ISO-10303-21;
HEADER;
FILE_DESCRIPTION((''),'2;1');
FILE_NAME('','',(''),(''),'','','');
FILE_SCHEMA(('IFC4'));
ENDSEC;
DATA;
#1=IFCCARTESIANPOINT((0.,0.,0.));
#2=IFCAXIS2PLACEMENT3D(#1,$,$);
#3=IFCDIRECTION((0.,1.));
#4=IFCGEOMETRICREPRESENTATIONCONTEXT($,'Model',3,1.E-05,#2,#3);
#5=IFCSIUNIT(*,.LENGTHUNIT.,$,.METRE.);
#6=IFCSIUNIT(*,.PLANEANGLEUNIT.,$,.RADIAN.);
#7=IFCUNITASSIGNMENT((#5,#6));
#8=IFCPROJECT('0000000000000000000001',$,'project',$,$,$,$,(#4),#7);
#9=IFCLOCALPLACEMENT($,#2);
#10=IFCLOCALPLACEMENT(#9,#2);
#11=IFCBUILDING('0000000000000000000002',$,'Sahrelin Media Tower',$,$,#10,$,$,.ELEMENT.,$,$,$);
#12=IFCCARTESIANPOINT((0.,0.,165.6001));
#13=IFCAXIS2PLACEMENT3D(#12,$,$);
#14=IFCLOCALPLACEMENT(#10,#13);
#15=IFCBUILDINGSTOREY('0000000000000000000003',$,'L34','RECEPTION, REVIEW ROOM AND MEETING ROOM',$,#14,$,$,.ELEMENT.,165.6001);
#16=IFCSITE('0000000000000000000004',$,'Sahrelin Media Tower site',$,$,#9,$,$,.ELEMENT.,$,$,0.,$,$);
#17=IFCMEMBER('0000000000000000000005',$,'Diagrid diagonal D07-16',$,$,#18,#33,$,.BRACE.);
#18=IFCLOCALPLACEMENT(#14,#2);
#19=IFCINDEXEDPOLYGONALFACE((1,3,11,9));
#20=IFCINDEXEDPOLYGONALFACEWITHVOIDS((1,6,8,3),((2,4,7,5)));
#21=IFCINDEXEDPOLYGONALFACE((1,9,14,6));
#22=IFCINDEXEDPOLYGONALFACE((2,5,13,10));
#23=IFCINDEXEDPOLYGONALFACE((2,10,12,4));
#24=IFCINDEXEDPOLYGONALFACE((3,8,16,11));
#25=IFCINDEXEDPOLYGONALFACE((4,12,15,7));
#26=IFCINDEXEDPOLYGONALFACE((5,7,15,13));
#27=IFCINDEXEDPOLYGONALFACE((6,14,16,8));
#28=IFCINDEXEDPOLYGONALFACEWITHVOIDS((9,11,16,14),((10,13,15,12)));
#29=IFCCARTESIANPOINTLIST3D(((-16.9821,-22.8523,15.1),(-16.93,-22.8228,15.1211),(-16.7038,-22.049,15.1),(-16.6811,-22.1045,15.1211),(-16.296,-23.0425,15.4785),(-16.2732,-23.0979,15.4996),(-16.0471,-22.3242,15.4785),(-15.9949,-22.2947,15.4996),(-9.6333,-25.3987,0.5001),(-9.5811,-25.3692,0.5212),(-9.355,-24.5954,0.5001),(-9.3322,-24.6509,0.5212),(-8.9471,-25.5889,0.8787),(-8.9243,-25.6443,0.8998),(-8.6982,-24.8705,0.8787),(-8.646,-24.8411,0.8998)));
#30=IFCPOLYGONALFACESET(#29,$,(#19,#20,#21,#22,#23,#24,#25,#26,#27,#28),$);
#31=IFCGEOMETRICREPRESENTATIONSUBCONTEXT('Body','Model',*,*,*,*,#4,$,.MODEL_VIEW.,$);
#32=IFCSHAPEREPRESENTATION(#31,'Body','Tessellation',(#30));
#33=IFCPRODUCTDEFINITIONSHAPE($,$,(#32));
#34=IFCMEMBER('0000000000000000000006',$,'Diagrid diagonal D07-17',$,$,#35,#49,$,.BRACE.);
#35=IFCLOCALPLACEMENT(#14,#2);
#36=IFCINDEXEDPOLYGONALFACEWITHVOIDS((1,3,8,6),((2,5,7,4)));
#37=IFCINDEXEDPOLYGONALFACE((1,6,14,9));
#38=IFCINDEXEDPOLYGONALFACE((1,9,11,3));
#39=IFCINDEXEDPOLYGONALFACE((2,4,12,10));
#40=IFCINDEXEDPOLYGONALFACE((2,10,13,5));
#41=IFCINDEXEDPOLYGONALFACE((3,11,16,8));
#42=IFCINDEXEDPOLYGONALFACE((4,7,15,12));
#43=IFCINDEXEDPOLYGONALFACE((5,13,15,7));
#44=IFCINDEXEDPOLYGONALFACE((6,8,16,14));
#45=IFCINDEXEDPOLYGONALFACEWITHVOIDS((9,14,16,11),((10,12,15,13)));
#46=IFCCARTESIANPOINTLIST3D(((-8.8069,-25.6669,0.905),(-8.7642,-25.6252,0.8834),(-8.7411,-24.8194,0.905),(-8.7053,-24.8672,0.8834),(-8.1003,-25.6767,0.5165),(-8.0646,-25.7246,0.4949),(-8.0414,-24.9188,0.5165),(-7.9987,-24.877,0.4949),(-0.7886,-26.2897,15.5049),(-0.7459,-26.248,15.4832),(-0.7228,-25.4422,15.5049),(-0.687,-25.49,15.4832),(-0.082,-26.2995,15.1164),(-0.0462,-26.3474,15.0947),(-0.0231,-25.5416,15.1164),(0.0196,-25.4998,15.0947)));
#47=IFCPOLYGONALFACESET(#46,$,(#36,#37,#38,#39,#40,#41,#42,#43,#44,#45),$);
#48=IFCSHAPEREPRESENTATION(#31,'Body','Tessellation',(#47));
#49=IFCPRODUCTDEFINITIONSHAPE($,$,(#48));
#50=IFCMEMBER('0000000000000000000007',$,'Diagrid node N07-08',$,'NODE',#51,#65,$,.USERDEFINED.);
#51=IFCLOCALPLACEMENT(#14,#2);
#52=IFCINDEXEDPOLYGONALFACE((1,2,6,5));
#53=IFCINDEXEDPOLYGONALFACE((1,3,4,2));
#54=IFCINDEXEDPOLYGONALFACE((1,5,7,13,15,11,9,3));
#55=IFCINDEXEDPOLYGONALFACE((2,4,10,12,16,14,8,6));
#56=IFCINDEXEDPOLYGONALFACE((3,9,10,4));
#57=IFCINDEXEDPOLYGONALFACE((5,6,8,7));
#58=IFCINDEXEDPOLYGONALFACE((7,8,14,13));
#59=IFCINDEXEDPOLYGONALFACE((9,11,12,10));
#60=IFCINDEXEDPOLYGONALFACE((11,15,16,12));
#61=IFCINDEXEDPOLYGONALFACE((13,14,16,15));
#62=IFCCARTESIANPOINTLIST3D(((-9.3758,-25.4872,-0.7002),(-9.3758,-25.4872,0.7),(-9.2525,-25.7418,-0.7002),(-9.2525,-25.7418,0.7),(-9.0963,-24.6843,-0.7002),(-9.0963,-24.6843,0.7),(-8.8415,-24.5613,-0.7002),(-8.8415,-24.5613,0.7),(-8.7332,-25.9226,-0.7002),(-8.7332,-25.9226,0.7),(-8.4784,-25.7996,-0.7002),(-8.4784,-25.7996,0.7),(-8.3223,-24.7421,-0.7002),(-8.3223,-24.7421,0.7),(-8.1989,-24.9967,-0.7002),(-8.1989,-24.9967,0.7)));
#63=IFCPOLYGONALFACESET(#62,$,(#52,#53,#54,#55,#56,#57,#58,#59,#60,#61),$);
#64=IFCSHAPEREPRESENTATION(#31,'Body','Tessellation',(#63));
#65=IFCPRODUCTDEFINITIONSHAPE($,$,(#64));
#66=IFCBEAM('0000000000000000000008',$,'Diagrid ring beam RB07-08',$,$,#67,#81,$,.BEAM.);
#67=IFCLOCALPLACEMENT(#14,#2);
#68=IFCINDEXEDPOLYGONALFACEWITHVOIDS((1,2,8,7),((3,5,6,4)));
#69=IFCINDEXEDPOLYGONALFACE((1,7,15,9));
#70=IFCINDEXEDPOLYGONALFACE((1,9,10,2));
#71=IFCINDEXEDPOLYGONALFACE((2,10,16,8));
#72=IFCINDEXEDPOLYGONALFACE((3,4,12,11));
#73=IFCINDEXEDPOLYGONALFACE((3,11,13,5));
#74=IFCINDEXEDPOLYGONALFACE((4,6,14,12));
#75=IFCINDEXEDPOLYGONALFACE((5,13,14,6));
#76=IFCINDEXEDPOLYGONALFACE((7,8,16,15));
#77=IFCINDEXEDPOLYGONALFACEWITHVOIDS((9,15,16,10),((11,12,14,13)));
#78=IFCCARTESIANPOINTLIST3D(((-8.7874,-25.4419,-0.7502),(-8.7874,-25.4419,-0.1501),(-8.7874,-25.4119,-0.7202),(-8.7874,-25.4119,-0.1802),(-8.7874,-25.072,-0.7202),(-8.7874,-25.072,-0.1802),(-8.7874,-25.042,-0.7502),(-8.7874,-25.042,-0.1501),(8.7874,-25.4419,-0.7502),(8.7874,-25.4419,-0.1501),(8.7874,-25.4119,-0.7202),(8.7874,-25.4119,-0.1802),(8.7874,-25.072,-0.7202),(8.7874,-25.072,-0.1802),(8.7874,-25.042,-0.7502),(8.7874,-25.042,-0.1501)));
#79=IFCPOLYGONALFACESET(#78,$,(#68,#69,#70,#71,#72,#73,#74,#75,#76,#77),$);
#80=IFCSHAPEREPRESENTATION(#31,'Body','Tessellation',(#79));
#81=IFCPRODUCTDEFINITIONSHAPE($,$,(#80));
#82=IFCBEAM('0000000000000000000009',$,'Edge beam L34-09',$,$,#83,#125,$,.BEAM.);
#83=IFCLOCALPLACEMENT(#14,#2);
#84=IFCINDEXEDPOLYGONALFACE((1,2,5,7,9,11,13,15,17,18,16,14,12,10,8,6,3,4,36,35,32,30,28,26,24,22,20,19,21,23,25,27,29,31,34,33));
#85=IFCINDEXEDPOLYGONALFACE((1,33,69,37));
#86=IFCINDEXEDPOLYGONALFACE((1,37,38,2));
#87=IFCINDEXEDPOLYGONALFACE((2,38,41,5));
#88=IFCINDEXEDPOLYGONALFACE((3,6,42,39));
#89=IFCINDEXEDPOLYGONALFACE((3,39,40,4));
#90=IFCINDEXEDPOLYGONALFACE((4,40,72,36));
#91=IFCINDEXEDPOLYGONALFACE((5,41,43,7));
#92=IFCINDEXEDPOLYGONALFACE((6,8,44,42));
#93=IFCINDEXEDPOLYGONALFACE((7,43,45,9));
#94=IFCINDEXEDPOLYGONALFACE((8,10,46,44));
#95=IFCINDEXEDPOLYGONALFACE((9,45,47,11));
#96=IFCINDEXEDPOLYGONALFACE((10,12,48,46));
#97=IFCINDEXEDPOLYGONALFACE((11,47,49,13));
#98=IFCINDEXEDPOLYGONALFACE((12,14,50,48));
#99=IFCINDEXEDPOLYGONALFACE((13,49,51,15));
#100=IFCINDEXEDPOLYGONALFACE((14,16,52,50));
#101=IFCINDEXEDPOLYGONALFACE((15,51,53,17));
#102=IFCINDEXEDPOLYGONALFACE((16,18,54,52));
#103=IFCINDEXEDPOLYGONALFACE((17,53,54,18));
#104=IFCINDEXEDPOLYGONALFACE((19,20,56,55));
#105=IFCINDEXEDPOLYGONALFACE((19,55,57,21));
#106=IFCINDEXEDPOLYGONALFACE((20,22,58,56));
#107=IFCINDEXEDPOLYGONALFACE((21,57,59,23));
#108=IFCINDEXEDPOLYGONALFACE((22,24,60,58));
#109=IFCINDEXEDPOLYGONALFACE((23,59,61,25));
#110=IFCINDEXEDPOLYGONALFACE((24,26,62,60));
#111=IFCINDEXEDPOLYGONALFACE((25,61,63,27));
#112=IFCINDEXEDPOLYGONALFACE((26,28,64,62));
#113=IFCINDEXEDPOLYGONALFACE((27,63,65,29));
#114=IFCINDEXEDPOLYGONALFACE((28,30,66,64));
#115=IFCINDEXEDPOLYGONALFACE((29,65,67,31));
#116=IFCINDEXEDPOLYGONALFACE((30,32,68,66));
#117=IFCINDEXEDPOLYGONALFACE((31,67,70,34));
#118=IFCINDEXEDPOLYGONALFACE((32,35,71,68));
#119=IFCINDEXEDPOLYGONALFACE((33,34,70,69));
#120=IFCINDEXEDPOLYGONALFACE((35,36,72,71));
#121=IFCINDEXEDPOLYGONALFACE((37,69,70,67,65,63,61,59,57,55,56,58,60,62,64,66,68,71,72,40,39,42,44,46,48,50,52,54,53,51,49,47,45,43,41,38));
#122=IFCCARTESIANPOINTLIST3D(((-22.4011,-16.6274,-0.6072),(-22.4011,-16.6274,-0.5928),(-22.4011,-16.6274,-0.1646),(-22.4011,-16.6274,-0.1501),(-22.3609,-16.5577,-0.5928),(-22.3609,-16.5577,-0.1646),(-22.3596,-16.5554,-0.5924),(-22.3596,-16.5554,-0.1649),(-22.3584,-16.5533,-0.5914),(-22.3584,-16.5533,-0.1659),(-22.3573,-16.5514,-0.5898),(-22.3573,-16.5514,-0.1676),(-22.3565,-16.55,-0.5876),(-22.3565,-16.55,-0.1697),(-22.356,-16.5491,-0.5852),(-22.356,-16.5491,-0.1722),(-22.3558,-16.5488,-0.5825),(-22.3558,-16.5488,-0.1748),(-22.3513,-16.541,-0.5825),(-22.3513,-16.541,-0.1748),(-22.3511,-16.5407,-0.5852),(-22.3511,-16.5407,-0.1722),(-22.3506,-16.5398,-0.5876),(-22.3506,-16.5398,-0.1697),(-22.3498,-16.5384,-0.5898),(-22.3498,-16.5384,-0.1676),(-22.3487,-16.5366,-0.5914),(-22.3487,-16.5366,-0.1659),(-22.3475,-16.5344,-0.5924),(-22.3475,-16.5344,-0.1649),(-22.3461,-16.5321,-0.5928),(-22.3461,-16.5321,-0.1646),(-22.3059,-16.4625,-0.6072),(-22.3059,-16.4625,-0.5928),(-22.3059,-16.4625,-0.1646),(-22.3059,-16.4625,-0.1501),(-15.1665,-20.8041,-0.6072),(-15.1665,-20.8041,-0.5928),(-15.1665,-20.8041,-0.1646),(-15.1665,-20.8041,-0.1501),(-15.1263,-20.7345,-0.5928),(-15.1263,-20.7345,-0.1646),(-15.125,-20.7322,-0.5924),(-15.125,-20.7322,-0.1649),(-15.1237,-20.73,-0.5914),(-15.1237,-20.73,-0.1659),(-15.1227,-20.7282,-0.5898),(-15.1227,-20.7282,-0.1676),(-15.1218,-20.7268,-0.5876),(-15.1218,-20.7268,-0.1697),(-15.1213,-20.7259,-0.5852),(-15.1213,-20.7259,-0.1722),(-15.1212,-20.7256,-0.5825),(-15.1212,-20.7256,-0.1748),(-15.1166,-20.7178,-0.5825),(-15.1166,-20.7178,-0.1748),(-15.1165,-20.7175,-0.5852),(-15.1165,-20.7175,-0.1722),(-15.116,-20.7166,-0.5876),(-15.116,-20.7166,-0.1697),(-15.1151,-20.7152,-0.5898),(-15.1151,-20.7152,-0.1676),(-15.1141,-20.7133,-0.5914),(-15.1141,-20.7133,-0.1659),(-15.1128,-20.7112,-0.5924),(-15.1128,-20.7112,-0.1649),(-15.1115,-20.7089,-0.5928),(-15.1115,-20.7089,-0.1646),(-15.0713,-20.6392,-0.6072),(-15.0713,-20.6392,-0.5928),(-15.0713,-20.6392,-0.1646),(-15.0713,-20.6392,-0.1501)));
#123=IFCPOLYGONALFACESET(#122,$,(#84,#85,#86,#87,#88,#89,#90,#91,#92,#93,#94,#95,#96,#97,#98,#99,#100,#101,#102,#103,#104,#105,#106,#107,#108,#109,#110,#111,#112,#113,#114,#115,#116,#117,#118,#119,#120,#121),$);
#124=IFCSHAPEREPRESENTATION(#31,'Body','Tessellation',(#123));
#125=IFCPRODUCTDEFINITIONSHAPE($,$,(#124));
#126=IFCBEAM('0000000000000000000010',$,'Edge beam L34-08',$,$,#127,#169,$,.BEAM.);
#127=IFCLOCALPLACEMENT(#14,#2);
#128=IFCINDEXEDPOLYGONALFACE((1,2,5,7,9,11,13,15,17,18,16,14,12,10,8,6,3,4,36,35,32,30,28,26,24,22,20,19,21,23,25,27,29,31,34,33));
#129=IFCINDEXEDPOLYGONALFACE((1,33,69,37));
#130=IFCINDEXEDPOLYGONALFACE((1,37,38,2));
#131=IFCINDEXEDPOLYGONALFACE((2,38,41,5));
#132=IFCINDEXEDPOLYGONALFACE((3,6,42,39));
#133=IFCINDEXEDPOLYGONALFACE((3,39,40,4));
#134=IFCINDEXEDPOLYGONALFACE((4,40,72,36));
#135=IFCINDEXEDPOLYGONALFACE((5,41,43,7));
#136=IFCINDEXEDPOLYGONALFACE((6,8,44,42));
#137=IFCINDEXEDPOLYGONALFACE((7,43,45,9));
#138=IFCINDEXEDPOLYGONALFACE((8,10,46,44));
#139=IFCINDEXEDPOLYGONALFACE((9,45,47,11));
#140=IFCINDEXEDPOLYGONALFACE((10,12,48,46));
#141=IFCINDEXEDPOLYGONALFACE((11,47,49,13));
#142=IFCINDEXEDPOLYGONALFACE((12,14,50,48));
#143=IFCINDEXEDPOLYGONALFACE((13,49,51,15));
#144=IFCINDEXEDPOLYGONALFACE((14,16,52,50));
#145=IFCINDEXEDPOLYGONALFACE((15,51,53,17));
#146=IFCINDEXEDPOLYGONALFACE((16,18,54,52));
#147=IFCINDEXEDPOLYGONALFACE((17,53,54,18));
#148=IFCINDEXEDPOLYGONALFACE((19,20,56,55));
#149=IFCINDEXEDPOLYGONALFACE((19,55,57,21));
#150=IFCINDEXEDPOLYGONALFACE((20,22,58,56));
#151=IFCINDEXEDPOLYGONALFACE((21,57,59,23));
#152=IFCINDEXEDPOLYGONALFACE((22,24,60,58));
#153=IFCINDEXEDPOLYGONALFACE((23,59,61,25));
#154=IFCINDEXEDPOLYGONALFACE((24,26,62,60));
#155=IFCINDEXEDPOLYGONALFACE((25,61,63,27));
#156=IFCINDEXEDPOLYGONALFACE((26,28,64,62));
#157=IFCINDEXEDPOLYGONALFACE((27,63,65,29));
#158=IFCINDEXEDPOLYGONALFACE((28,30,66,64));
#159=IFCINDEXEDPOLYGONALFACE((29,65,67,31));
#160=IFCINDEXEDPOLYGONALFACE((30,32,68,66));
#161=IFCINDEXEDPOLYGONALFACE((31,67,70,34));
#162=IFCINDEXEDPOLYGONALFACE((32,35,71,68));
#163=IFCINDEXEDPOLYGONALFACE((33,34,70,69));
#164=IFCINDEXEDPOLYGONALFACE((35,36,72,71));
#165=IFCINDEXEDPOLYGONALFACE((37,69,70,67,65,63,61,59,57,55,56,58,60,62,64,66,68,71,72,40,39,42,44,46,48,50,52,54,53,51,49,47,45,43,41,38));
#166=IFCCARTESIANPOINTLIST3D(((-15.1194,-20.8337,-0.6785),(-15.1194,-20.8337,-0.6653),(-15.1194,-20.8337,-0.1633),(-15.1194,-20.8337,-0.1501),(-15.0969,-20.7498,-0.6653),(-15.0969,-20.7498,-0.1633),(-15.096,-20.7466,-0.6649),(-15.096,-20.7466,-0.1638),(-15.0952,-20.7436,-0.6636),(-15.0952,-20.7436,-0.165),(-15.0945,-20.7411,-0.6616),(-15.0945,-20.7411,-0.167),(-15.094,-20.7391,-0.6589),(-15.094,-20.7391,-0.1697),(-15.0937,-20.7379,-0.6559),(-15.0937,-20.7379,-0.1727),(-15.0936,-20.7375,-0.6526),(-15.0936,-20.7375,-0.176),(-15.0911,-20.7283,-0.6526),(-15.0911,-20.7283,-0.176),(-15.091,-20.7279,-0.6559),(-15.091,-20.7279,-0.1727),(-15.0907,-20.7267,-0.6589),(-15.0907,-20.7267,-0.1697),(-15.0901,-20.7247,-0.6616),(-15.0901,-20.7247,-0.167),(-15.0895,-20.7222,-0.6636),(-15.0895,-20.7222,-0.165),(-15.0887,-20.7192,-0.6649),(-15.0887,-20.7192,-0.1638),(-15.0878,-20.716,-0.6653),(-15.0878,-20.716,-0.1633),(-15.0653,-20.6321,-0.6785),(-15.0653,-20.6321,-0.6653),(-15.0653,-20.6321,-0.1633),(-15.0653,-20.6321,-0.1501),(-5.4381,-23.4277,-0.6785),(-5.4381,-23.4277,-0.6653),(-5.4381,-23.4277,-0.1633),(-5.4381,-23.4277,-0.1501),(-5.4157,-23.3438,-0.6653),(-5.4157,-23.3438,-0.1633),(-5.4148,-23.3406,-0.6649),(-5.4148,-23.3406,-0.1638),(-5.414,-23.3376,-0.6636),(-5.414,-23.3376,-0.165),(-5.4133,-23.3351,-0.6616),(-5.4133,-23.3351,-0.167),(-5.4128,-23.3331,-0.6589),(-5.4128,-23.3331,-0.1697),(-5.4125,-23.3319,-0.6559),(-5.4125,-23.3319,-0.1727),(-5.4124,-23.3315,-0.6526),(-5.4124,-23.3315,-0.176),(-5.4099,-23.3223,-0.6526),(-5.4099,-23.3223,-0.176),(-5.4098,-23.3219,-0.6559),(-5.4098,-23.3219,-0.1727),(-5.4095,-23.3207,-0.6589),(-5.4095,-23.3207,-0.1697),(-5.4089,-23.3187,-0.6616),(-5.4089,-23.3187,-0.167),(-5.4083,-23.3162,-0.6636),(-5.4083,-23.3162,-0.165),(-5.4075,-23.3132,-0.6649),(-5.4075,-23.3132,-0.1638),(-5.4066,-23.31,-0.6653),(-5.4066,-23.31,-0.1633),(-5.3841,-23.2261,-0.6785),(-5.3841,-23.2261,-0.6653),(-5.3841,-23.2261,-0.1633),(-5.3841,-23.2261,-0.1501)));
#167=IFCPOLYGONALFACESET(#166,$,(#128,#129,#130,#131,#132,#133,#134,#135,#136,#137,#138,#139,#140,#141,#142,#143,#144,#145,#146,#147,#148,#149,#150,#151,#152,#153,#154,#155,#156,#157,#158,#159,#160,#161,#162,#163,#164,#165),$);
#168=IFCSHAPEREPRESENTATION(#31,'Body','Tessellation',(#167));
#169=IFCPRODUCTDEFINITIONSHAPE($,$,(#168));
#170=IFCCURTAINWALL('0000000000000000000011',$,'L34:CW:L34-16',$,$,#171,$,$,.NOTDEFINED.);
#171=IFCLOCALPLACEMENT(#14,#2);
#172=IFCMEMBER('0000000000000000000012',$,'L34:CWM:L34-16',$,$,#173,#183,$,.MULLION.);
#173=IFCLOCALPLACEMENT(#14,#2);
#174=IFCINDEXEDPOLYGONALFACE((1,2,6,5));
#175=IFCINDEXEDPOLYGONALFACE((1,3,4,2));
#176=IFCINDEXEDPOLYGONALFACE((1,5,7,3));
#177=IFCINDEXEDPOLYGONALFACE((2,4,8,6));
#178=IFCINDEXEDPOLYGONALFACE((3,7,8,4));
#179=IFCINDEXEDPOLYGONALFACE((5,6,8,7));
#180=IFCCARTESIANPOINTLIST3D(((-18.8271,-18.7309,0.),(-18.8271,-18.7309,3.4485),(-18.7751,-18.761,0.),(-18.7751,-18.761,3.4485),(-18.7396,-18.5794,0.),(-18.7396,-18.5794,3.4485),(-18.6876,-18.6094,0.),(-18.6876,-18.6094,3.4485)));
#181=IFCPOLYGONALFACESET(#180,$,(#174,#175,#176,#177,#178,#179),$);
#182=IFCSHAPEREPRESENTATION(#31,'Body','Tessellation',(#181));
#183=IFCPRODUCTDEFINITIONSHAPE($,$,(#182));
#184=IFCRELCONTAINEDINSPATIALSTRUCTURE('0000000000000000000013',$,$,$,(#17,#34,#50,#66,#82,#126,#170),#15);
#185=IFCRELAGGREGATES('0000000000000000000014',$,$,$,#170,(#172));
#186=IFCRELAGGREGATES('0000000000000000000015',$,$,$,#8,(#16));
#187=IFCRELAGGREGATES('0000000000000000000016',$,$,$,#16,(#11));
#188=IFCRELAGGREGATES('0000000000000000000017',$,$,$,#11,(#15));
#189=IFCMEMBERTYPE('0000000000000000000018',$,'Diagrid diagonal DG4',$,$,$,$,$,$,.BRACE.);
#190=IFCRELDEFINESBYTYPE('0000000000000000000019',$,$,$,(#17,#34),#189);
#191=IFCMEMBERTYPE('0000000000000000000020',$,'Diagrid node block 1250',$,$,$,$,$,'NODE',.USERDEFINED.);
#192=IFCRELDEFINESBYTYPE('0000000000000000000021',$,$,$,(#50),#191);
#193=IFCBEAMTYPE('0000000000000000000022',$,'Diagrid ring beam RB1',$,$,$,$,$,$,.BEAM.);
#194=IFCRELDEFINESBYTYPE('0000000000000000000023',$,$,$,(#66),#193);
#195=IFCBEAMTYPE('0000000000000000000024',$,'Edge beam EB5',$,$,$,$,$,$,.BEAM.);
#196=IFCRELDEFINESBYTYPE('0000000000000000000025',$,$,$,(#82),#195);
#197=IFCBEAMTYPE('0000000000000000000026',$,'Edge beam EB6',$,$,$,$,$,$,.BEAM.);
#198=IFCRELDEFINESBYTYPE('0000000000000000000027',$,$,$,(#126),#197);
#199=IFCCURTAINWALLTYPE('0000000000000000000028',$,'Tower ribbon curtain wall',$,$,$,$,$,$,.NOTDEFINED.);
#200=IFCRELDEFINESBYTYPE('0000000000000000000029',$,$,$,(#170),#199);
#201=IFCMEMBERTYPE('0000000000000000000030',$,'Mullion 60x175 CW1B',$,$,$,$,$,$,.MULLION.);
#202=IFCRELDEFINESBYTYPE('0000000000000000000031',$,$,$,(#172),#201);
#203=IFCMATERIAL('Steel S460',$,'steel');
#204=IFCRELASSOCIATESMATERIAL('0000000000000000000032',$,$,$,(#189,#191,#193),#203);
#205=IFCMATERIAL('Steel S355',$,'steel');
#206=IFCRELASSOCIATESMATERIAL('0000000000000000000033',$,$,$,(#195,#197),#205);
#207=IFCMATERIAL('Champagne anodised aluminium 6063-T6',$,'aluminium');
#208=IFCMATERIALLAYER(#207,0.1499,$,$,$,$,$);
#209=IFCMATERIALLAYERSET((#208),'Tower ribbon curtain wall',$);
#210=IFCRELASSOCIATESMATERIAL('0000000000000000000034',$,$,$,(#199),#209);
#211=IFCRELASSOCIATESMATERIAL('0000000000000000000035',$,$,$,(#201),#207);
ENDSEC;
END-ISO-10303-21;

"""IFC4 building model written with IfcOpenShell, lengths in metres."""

from ifc_helpers import new_model, si_unit, direction, frame, origin, origin_2d, place, context, subcontext, project, spatial, polyline, rectangle, hollow_rectangle, i_section, outline, extrude, material, layer, layer_set, material_profile, profile_set, type_object, element, aggregate, save


model = new_model("IFC4")

# Units and contexts
model_context = context("Model", 3, precision=1e-05, world=origin(), true_north=direction((0.0, 1.0)))
body_context = subcontext(model_context, "Body", "Model", "MODEL_VIEW")
ifc_project = project(units=[si_unit("LENGTHUNIT", "METRE"), si_unit("PLANEANGLEUNIT", "RADIAN")], contexts=[model_context])

# Site, building, storey
site_placement = place(None, origin())
site = spatial("IfcSite", under=ifc_project, at=site_placement, Name="Sahrelin Media Tower site", CompositionType="ELEMENT", RefElevation=0.0)
building_placement = place(site_placement, origin())
building = spatial("IfcBuilding", under=site, at=building_placement, Name="Sahrelin Media Tower", CompositionType="ELEMENT")
storey_placement = place(building_placement, frame((0.0, 0.0, 165.6001)))
storey = spatial("IfcBuildingStorey", under=building, at=storey_placement, Name="L34", Description="RECEPTION, REVIEW ROOM AND MEETING ROOM", CompositionType="ELEMENT", Elevation=165.6001)

# Members
ifc_material_1 = material(Name="Steel S460", Category="steel")
ifc_material_profile_1 = material_profile(ifc_material_1, hollow_rectangle(XDim=0.8501, YDim=0.8501, WallThickness=0.0449, at=origin_2d()), Name="Diagrid diagonal DG4")
ifc_profile_set_1 = profile_set([ifc_material_profile_1], Name="Steel S460")
member_type_1 = type_object("IfcMemberType", Name="Diagrid diagonal DG4", PredefinedType="BRACE", material=ifc_profile_set_1)
member_1_placement = place(storey_placement, frame((-9.1396, -25.1199, 0.7), z_axis=(-0.444249, 0.153932, 0.88258), x_axis=(-0.327403, -0.944885, 0.0)))
element("IfcMember", 1, at=member_1_placement, inside=storey, type_object=member_type_1, Name="Diagrid diagonal D07-16", PredefinedType="BRACE", context=body_context, shape_type="SweptSolid", body=[
    extrude(hollow_rectangle(XDim=0.8501, YDim=0.8501, WallThickness=0.0449, at=origin_2d()), origin(), (0.0, 0.0, 1.0), 16.5422),
])
member_2_placement = place(storey_placement, frame((-8.4028, -25.272, 0.7), z_axis=(0.481047, -0.037364, 0.875898), x_axis=(0.077439, 0.996997, 0.0)))
element("IfcMember", 2, at=member_2_placement, inside=storey, type_object=member_type_1, Name="Diagrid diagonal D07-17", PredefinedType="BRACE", context=body_context, shape_type="SweptSolid", body=[
    extrude(hollow_rectangle(XDim=0.8501, YDim=0.8501, WallThickness=0.0449, at=origin_2d()), origin(), (0.0, 0.0, 1.0), 16.6685),
])
ifc_material_profile_2 = material_profile(ifc_material_1, outline(polyline([(0.425, -0.4751), (0.625, -0.2749), (0.625, 0.2749), (0.425, 0.4751), (-0.425, 0.4751), (-0.625, 0.2749), (-0.625, -0.2749), (-0.425, -0.4751), (0.425, -0.4751)])), Name="Diagrid node block 1250")
ifc_profile_set_2 = profile_set([ifc_material_profile_2], Name="Steel S460")
member_type_2 = type_object("IfcMemberType", Name="Diagrid node block 1250", ElementType="NODE", PredefinedType="USERDEFINED", material=ifc_profile_set_2)
member_3_placement = place(storey_placement, frame((-8.7874, -25.2419, -0.7002), z_axis=(0.0, 0.0, 1.0), x_axis=(-0.328769, -0.94441, 0.0)))
element("IfcMember", 3, at=member_3_placement, inside=storey, type_object=member_type_2, Name="Diagrid node N07-08", ObjectType="NODE", PredefinedType="USERDEFINED", context=body_context, shape_type="SweptSolid", body=[
    extrude(outline(polyline([(0.425, -0.4751), (0.625, -0.2749), (0.625, 0.2749), (0.425, 0.4751), (-0.425, 0.4751), (-0.625, 0.2749), (-0.625, -0.2749), (-0.425, -0.4751), (0.425, -0.4751)])), origin(), (0.0, 0.0, 1.0), 1.4001),
])

# Beams
ifc_material_profile_3 = material_profile(ifc_material_1, hollow_rectangle(XDim=0.3999, YDim=0.6001, WallThickness=0.03, at=origin_2d()), Name="Diagrid ring beam RB1")
ifc_profile_set_3 = profile_set([ifc_material_profile_3], Name="Steel S460")
beam_type_1 = type_object("IfcBeamType", Name="Diagrid ring beam RB1", PredefinedType="BEAM", material=ifc_profile_set_3)
beam_1_placement = place(storey_placement, frame((-8.7874, -25.2419, -0.4502), z_axis=(1.0, 0.0, 0.0), x_axis=(0.0, 1.0, 0.0)))
element("IfcBeam", 4, at=beam_1_placement, inside=storey, type_object=beam_type_1, Name="Diagrid ring beam RB07-08", PredefinedType="BEAM", context=body_context, shape_type="SweptSolid", body=[
    extrude(hollow_rectangle(XDim=0.3999, YDim=0.6001, WallThickness=0.03, at=origin_2d()), origin(), (0.0, 0.0, 1.0), 17.5747),
])
ifc_material_2 = material(Name="Steel S355", Category="steel")
ifc_material_profile_4 = material_profile(ifc_material_2, i_section(OverallWidth=0.1904, OverallDepth=0.457, WebThickness=0.009, FlangeThickness=0.0144, FilletRadius=0.0103, at=origin_2d()), Name="UB 457x191x74")
ifc_profile_set_4 = profile_set([ifc_material_profile_4], Name="Steel S355")
beam_type_2 = type_object("IfcBeamType", Name="Edge beam EB5", PredefinedType="BEAM", material=ifc_profile_set_4)
beam_2_placement = place(storey_placement, frame((-15.1189, -20.7217, -0.3787), z_axis=(-0.866033, 0.499986, 0.0), x_axis=(-0.499986, -0.866033, 0.0)))
element("IfcBeam", 5, at=beam_2_placement, inside=storey, type_object=beam_type_2, Name="Edge beam L34-09", PredefinedType="BEAM", context=body_context, shape_type="SweptSolid", body=[
    extrude(i_section(OverallWidth=0.1904, OverallDepth=0.457, WebThickness=0.009, FlangeThickness=0.0144, FilletRadius=0.0103, at=origin_2d()), origin(), (0.0, 0.0, 1.0), 8.3538),
])
ifc_material_profile_5 = material_profile(ifc_material_2, i_section(OverallWidth=0.2087, OverallDepth=0.5283, WebThickness=0.0095, FlangeThickness=0.0132, FilletRadius=0.0127, at=origin_2d()), Name="UB 533x210x82")
ifc_profile_set_5 = profile_set([ifc_material_profile_5], Name="Steel S355")
beam_type_3 = type_object("IfcBeamType", Name="Edge beam EB6", PredefinedType="BEAM", material=ifc_profile_set_5)
beam_3_placement = place(storey_placement, frame((-5.4111, -23.3269, -0.4143), z_axis=(-0.965927, 0.258813, 0.0), x_axis=(-0.258813, -0.965927, 0.0)))
element("IfcBeam", 6, at=beam_3_placement, inside=storey, type_object=beam_type_3, Name="Edge beam L34-08", PredefinedType="BEAM", context=body_context, shape_type="SweptSolid", body=[
    extrude(i_section(OverallWidth=0.2087, OverallDepth=0.5283, WebThickness=0.0095, FlangeThickness=0.0132, FilletRadius=0.0127, at=origin_2d()), origin(), (0.0, 0.0, 1.0), 10.0227),
])

# Curtain wall, member
ifc_material_3 = material(Name="Champagne anodised aluminium 6063-T6", Category="aluminium")
ifc_layer_1 = layer(ifc_material_3, 0.1499)
ifc_layer_set_1 = layer_set([ifc_layer_1], Name="Tower ribbon curtain wall")
curtain_wall_type = type_object("IfcCurtainWallType", Name="Tower ribbon curtain wall", PredefinedType="NOTDEFINED", material=ifc_layer_set_1)
curtain_wall_1_placement = place(storey_placement, frame((-18.8113, -18.7632, 0.0), z_axis=(0.0, 0.0, 1.0), x_axis=(1.0, 0.0, 0.0)))
curtain_wall_1 = element("IfcCurtainWall", 7, at=curtain_wall_1_placement, inside=storey, type_object=curtain_wall_type, Name="L34:CW:L34-16", PredefinedType="NOTDEFINED")
ifc_material_profile_6 = material_profile(ifc_material_3, rectangle(XDim=0.0601, YDim=0.175, at=origin_2d()), Name="Mullion 60x175")
ifc_profile_set_6 = profile_set([ifc_material_profile_6], Name="Champagne anodised aluminium 6063-T6")
member_type_3 = type_object("IfcMemberType", Name="Mullion 60x175 CW1B", PredefinedType="MULLION", material=ifc_profile_set_6)
member_4_placement = place(storey_placement, frame((-18.7573, -18.6702, 0.0), z_axis=(0.0, 0.0, 1.0), x_axis=(0.866027, -0.499997, 0.0)))
member_4 = element("IfcMember", 8, at=member_4_placement, type_object=member_type_3, Name="L34:CWM:L34-16", PredefinedType="MULLION", context=body_context, shape_type="SweptSolid", body=[
    extrude(rectangle(XDim=0.0601, YDim=0.175, at=origin_2d()), origin(), (0.0, 0.0, 1.0), 3.4485),
])
aggregate(curtain_wall_1, [member_4])

save(model, "model.ifc")
